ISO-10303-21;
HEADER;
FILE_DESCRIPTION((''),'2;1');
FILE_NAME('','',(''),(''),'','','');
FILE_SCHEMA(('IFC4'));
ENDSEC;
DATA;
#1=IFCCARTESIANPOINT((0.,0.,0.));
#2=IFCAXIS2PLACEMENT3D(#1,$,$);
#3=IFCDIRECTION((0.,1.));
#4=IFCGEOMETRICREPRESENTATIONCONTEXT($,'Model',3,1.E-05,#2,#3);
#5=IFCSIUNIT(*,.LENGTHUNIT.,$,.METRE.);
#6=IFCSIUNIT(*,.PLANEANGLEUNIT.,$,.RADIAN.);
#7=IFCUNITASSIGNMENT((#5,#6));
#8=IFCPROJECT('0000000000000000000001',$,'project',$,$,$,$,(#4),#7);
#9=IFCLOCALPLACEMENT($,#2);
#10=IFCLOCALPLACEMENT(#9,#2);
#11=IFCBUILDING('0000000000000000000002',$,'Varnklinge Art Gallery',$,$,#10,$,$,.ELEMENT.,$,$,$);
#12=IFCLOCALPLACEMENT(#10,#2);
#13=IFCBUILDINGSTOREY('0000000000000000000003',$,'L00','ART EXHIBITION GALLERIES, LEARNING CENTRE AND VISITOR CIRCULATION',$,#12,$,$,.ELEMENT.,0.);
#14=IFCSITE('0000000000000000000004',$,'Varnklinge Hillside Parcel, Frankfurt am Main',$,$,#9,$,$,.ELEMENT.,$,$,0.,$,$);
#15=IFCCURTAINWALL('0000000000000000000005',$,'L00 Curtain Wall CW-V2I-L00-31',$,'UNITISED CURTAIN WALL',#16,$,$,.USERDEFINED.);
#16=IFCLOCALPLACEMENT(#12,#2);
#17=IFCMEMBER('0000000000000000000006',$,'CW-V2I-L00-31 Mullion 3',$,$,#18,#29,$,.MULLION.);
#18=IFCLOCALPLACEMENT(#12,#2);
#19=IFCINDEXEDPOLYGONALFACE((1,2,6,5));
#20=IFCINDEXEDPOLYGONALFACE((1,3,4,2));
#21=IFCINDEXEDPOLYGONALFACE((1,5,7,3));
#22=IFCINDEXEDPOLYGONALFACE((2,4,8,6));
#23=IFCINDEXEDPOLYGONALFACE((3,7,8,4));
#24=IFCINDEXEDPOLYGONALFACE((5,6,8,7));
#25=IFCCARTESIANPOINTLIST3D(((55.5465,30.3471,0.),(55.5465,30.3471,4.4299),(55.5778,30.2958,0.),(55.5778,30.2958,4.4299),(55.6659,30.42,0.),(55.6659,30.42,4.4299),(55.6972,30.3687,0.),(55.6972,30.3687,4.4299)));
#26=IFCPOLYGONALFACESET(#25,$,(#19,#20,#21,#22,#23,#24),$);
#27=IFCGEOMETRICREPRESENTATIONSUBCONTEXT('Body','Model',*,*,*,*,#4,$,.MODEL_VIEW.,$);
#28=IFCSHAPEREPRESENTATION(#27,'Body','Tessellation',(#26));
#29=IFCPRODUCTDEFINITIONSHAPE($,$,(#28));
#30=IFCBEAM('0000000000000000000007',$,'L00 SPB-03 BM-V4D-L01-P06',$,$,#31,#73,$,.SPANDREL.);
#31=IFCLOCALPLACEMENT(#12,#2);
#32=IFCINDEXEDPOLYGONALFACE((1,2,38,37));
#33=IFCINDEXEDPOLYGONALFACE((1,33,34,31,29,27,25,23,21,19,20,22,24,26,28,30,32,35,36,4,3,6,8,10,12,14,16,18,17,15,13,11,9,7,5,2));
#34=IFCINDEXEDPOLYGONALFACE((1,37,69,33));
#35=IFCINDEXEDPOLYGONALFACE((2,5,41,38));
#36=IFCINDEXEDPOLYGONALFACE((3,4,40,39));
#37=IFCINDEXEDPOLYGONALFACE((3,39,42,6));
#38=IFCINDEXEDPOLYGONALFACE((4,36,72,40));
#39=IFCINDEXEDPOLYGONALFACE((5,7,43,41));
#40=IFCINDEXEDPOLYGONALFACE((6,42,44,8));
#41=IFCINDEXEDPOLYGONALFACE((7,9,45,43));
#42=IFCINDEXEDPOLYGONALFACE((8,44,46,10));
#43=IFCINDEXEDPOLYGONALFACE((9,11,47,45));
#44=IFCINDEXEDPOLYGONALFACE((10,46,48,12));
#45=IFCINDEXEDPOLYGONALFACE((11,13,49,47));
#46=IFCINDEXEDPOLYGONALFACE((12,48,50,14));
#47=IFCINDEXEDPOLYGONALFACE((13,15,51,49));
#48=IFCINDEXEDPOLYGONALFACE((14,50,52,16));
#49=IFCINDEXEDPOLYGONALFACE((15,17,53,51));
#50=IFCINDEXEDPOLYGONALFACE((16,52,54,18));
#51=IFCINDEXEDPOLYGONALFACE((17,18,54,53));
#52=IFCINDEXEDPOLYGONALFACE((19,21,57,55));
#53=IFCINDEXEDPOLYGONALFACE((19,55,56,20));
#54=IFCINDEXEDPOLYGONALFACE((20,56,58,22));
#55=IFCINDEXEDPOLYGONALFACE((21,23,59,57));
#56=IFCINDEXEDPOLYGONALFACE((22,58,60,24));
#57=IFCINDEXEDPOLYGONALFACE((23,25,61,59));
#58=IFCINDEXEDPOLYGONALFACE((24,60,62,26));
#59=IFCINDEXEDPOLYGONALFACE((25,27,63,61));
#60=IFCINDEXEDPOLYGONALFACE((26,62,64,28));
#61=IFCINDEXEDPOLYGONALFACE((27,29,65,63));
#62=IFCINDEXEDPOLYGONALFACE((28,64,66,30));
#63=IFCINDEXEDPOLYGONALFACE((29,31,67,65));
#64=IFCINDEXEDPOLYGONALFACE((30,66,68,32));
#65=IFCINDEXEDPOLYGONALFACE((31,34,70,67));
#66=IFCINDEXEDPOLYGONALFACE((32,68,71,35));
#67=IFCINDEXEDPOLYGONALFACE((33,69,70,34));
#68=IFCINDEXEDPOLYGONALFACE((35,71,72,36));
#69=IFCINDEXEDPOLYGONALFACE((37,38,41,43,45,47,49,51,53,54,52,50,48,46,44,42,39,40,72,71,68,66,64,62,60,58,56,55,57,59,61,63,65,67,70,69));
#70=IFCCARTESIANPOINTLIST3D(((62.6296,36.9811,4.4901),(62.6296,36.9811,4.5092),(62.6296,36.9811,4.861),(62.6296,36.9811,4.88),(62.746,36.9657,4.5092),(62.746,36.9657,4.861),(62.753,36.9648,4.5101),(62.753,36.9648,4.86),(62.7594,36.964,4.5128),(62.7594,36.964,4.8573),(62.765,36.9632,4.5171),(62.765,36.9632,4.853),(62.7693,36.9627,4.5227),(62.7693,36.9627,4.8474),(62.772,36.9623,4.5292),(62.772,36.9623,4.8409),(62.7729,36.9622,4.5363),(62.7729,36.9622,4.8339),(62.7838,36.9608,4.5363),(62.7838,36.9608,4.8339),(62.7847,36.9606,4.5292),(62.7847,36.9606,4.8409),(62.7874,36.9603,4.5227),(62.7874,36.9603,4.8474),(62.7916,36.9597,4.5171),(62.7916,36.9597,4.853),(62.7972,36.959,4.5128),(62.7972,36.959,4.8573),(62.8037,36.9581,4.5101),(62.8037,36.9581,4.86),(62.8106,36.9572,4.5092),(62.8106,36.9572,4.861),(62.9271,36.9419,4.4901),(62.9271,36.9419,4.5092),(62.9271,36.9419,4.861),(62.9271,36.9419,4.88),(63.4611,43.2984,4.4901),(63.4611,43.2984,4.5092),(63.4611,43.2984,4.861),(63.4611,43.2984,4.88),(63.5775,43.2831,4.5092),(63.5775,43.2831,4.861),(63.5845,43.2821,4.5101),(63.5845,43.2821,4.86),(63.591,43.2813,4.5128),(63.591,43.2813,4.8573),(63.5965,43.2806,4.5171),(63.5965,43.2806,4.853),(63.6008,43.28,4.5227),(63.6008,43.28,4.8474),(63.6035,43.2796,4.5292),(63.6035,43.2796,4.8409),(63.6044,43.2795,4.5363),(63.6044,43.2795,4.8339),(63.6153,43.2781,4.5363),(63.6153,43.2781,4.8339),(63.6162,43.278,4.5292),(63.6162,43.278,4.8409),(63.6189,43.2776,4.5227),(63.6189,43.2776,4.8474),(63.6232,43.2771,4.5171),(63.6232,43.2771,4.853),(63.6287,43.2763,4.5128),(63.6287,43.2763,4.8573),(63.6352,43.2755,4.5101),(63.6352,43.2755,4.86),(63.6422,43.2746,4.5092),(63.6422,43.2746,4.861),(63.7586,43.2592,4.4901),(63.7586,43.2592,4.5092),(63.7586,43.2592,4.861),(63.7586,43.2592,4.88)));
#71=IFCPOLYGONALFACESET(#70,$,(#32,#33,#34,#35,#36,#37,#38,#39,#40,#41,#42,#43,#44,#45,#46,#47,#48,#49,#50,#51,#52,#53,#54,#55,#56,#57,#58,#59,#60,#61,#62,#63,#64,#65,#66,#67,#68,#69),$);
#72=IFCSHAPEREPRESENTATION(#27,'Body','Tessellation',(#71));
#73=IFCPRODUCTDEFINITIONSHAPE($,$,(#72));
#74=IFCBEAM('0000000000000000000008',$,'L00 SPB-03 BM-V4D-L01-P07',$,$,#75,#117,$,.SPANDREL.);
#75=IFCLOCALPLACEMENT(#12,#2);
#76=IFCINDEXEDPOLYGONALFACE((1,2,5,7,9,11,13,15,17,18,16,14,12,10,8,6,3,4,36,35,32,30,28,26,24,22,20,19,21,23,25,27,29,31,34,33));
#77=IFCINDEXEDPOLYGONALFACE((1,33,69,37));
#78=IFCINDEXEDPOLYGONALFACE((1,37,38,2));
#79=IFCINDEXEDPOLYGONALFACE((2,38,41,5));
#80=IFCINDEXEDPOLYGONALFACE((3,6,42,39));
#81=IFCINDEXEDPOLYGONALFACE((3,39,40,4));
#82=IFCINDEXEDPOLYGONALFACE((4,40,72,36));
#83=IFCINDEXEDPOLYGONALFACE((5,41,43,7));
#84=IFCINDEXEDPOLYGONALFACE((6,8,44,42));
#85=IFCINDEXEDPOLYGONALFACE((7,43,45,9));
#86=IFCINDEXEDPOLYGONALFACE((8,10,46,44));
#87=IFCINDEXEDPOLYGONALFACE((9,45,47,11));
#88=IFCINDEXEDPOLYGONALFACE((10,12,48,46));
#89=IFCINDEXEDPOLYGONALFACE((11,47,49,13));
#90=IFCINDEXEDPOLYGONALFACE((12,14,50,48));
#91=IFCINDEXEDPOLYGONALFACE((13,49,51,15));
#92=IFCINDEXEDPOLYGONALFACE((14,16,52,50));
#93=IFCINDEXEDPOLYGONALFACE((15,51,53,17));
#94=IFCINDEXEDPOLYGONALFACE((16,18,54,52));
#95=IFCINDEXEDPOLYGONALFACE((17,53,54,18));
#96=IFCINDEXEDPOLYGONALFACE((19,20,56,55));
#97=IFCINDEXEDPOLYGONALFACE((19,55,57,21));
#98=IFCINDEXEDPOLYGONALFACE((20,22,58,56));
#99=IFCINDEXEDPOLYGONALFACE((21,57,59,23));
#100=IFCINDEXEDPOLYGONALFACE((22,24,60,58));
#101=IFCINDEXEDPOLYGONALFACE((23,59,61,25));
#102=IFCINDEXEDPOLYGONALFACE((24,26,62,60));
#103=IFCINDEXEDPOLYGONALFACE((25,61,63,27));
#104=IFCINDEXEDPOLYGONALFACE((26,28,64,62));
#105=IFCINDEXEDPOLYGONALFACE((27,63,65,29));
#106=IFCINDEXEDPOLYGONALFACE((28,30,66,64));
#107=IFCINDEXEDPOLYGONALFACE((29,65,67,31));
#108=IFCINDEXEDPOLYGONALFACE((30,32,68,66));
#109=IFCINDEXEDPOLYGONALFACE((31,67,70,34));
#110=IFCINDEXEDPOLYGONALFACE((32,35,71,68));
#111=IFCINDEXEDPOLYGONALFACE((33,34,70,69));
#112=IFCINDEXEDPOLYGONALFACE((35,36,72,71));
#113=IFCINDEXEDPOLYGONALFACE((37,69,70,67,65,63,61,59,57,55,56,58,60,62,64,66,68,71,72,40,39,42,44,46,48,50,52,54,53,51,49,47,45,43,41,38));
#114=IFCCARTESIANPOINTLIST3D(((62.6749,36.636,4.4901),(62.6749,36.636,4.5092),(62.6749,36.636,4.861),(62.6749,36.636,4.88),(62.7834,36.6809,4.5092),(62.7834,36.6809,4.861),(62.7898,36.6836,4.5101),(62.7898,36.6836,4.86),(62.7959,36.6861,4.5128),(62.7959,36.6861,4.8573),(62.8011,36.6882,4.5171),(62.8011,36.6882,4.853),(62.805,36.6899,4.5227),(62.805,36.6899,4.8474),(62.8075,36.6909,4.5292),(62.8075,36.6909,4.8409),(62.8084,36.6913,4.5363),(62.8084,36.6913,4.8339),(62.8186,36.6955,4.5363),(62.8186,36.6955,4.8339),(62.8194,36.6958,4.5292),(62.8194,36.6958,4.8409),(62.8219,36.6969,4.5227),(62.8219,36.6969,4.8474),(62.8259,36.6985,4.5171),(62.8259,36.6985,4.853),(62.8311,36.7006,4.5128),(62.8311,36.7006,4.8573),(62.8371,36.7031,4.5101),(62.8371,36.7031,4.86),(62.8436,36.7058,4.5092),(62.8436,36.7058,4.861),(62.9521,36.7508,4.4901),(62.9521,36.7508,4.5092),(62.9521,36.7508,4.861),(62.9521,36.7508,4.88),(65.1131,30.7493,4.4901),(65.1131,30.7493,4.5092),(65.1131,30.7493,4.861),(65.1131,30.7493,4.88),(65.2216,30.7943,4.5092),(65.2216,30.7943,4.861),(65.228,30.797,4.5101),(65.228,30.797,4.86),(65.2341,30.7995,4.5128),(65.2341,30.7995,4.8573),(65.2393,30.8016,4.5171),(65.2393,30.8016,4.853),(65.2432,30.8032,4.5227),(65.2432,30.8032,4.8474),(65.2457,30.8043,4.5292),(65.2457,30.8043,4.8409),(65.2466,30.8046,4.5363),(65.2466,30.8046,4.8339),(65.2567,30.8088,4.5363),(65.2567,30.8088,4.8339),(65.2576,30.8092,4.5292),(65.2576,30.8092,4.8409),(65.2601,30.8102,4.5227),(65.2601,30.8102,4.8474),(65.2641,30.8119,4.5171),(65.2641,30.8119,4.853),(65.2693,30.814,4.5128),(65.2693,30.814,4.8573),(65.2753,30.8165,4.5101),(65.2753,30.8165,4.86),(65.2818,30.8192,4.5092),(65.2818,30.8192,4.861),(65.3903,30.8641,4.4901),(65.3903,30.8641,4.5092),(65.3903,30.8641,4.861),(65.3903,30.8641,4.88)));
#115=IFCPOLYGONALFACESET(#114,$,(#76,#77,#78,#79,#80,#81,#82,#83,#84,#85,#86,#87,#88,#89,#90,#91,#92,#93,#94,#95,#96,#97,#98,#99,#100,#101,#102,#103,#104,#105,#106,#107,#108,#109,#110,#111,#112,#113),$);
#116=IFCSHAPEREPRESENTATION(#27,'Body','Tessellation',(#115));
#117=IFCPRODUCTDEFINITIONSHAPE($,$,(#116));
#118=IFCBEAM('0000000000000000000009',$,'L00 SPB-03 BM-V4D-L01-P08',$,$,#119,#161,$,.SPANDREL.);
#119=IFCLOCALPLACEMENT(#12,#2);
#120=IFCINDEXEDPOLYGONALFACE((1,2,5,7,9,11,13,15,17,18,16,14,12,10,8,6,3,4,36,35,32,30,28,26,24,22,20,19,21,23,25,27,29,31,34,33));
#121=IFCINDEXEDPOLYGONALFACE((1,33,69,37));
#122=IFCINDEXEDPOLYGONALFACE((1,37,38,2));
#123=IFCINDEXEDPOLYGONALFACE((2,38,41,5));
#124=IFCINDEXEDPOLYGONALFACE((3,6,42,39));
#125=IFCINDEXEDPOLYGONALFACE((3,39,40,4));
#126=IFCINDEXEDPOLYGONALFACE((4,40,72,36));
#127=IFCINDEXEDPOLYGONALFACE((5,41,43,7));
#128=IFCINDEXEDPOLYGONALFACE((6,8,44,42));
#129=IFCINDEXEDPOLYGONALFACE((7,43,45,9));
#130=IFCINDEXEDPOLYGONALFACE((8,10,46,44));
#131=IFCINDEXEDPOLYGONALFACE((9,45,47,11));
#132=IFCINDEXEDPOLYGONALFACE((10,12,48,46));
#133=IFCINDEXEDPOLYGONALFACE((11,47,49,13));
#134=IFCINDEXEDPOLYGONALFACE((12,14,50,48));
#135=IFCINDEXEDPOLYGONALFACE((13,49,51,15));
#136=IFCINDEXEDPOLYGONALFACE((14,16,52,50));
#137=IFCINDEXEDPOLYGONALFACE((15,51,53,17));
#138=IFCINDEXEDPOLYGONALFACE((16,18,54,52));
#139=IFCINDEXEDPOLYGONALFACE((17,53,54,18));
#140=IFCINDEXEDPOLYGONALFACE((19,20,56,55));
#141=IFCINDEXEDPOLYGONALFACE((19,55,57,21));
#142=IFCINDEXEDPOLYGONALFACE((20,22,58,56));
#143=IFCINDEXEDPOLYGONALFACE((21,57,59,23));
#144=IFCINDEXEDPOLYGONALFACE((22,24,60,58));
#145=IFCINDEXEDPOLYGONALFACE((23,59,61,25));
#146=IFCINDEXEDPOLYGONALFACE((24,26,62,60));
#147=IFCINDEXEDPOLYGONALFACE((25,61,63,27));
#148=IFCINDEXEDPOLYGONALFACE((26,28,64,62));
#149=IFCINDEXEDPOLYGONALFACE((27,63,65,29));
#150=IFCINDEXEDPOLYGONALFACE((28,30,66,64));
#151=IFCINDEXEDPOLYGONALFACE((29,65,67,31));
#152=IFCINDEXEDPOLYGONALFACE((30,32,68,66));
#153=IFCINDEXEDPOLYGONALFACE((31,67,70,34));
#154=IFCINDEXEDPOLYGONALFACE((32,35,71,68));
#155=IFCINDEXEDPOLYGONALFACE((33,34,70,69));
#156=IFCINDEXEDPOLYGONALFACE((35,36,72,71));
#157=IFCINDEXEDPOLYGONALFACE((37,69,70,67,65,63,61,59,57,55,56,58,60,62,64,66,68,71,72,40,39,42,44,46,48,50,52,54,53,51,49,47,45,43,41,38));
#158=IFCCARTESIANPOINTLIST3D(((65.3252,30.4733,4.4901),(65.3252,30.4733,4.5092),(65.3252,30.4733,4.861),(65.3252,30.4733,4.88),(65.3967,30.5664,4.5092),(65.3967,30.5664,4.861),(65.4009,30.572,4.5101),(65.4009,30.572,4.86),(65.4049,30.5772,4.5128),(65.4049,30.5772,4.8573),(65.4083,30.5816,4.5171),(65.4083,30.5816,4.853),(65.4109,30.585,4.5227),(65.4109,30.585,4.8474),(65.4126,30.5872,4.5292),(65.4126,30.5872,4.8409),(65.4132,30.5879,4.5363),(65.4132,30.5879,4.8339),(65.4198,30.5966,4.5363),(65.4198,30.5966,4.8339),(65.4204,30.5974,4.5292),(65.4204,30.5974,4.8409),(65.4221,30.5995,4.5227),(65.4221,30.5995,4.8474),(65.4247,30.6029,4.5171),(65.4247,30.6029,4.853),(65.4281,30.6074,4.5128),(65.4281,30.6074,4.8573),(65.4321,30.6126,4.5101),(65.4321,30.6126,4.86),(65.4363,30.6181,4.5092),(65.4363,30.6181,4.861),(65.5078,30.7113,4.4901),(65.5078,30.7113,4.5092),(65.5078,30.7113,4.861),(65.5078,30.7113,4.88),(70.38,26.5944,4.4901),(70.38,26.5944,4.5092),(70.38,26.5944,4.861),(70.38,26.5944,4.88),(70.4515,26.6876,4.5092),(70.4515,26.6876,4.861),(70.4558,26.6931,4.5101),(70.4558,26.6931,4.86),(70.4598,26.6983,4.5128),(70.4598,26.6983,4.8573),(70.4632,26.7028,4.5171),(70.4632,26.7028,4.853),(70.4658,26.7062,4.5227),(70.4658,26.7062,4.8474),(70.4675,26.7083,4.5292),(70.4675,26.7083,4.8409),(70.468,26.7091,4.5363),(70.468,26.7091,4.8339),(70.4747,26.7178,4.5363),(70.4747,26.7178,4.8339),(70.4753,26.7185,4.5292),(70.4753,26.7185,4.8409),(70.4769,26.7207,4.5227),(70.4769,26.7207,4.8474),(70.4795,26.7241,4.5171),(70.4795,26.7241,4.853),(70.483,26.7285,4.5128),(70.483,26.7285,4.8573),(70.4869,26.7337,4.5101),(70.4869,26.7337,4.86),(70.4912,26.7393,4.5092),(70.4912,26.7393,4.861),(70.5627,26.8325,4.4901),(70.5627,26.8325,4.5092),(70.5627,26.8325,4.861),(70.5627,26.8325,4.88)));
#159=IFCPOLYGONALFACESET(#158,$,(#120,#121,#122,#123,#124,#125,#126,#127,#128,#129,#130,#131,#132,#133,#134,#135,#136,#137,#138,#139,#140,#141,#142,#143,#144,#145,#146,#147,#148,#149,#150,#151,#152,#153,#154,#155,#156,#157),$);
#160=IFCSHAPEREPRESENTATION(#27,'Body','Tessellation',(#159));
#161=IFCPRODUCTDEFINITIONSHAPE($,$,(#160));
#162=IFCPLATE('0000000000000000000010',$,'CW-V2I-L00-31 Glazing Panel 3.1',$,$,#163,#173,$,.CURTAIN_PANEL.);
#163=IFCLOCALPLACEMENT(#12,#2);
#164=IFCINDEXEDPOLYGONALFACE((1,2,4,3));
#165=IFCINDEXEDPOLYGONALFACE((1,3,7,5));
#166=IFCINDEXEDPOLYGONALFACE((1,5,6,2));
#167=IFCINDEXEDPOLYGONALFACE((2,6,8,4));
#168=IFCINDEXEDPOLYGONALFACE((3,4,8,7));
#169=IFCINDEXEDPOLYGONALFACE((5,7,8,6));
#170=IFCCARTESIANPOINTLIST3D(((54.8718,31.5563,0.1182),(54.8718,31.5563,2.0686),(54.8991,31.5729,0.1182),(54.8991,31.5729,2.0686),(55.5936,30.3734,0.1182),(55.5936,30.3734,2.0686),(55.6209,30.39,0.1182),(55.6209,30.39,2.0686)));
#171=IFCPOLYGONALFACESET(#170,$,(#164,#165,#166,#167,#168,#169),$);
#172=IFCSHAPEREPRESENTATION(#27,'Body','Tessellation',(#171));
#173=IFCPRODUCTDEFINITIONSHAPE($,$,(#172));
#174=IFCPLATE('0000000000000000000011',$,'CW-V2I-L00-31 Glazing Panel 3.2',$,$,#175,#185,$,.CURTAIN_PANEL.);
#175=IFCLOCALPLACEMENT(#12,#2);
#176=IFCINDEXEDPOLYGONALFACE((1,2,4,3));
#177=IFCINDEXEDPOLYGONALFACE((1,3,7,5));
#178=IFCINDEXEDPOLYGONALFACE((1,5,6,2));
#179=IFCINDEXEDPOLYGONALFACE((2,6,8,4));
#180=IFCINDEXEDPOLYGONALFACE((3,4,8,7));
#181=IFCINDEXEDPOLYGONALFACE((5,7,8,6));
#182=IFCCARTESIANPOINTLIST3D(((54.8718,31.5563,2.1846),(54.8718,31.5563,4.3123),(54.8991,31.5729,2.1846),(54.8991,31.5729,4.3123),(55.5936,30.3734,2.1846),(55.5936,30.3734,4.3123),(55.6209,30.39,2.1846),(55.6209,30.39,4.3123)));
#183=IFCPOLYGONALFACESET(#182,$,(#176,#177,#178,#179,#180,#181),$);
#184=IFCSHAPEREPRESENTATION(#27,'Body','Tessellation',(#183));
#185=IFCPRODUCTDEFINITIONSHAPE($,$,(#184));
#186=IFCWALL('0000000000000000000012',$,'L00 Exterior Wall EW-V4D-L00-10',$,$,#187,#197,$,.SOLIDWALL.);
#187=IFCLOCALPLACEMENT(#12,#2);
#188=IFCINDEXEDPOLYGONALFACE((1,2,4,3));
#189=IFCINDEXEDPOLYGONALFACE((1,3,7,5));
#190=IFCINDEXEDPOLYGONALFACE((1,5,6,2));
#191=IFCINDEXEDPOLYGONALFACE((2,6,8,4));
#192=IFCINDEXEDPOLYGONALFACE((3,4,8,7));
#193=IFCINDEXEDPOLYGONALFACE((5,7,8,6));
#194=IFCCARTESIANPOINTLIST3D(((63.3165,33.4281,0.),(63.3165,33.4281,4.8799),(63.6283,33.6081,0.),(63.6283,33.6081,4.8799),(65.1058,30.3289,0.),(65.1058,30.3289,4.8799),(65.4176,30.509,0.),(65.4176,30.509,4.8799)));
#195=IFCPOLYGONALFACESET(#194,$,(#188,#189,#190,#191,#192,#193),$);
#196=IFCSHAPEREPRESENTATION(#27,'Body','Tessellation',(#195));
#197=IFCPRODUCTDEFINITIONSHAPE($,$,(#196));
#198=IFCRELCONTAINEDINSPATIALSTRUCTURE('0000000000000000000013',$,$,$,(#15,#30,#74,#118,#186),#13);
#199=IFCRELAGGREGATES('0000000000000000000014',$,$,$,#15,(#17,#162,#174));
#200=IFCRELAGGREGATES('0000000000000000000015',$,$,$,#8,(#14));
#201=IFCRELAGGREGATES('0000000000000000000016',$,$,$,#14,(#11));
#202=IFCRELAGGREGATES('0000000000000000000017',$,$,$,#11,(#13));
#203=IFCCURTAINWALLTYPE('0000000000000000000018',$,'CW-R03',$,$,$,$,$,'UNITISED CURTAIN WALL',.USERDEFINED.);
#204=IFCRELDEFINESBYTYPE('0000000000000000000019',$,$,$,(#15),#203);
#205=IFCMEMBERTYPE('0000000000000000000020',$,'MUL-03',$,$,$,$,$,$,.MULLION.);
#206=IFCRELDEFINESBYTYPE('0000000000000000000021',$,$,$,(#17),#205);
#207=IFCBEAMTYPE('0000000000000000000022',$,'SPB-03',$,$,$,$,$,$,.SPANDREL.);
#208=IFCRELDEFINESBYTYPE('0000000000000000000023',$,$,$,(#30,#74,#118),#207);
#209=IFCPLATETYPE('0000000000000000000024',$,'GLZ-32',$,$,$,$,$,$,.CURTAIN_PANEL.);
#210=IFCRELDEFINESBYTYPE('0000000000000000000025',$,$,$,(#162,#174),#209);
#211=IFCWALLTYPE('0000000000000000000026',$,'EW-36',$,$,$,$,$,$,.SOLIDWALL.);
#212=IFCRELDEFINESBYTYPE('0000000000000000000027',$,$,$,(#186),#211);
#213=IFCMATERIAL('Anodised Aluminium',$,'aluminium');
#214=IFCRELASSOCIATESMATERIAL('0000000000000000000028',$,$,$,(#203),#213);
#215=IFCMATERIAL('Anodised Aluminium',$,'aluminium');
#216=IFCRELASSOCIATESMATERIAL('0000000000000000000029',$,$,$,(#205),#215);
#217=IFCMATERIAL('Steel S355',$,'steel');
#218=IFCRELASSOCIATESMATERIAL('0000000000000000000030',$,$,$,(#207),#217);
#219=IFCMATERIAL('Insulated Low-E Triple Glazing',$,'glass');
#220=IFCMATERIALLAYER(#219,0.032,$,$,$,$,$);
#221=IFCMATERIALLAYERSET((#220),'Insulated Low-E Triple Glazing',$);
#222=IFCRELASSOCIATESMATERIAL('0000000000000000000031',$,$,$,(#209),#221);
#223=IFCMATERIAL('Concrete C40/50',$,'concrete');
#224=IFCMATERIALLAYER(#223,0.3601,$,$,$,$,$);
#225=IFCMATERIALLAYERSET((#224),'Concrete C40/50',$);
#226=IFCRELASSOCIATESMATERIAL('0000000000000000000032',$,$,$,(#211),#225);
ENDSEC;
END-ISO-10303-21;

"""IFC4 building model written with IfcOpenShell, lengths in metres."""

from ifc_helpers import new_model, si_unit, direction, frame, frame_2d, origin, origin_2d, place, context, subcontext, project, spatial, rectangle, i_section, extrude, material, layer, layer_set, material_profile, profile_set, type_object, element, aggregate, save


model = new_model("IFC4")

# Units and contexts
model_context = context("Model", 3, precision=1e-05, world=origin(), true_north=direction((0.0, 1.0)))
body_context = subcontext(model_context, "Body", "Model", "MODEL_VIEW")
ifc_project = project(units=[si_unit("LENGTHUNIT", "METRE"), si_unit("PLANEANGLEUNIT", "RADIAN")], contexts=[model_context])

# Site, building, storey
site_placement = place(None, origin())
site = spatial("IfcSite", under=ifc_project, at=site_placement, Name="Varnklinge Hillside Parcel, Frankfurt am Main", CompositionType="ELEMENT", RefElevation=0.0)
building_placement = place(site_placement, origin())
building = spatial("IfcBuilding", under=site, at=building_placement, Name="Varnklinge Art Gallery", CompositionType="ELEMENT")
storey_placement = place(building_placement, origin())
storey = spatial("IfcBuildingStorey", under=building, at=storey_placement, Name="L00", Description="ART EXHIBITION GALLERIES, LEARNING CENTRE AND VISITOR CIRCULATION", CompositionType="ELEMENT", Elevation=0.0)

# Curtain wall, member
ifc_material_1 = material(Name="Anodised Aluminium", Category="aluminium")
curtain_wall_type = type_object("IfcCurtainWallType", Name="CW-R03", ElementType="UNITISED CURTAIN WALL", PredefinedType="USERDEFINED", material=ifc_material_1)
curtain_wall_placement = place(storey_placement, origin())
curtain_wall = element("IfcCurtainWall", 1, at=curtain_wall_placement, inside=storey, type_object=curtain_wall_type, Name="L00 Curtain Wall CW-V2I-L00-31", ObjectType="UNITISED CURTAIN WALL", PredefinedType="USERDEFINED")
ifc_material_2 = material(Name="Anodised Aluminium", Category="aluminium")
ifc_material_profile_1 = material_profile(ifc_material_2, rectangle(XDim=0.0601, YDim=0.1399, at=origin_2d()), Name="ALU 60x140")
ifc_profile_set_1 = profile_set([ifc_material_profile_1], Name="Anodised Aluminium")
member_type = type_object("IfcMemberType", Name="MUL-03", PredefinedType="MULLION", material=ifc_profile_set_1)
member_placement = place(storey_placement, frame((55.6218, 30.3579, 0.0), z_axis=(0.0, 0.0, 1.0), x_axis=(-0.520861, 0.853642, 0.0)))
member = element("IfcMember", 2, at=member_placement, type_object=member_type, Name="CW-V2I-L00-31 Mullion 3", PredefinedType="MULLION", context=body_context, shape_type="SweptSolid", body=[
    extrude(rectangle(XDim=0.0601, YDim=0.1399, at=origin_2d()), origin(), (0.0, 0.0, 1.0), 4.4299),
])

# Beams
ifc_material_3 = material(Name="Steel S355", Category="steel")
ifc_material_profile_2 = material_profile(ifc_material_3, i_section(OverallWidth=0.3, OverallDepth=0.3899, WebThickness=0.011, FlangeThickness=0.019, FilletRadius=0.0271, at=origin_2d()), Name="HEA 400")
ifc_profile_set_2 = profile_set([ifc_material_profile_2], Name="Steel S355")
beam_type_1 = type_object("IfcBeamType", Name="SPB-03", PredefinedType="SPANDREL", material=ifc_profile_set_2)
beam_1_placement = place(storey_placement, frame((63.6099, 43.2788, 4.6851), z_axis=(-0.130502, -0.991448, 0.0), x_axis=(0.991448, -0.130502, 0.0)))
element("IfcBeam", 3, at=beam_1_placement, inside=storey, type_object=beam_type_1, Name="L00 SPB-03 BM-V4D-L01-P06", PredefinedType="SPANDREL", context=body_context, shape_type="SweptSolid", body=[
    extrude(i_section(OverallWidth=0.3, OverallDepth=0.3899, WebThickness=0.011, FlangeThickness=0.019, FilletRadius=0.0271, at=origin_2d()), origin(), (0.0, 0.0, 1.0), 6.3718),
])
for number, where, z_axis, x_axis, name in (
    (4, (62.8135, 36.6934, 4.6851), (0.382667, -0.923887, 0.0), (0.923887, 0.382667, 0.0), "L00 SPB-03 BM-V4D-L01-P07"),
    (5, (65.4165, 30.5923, 4.6851), (0.793344, -0.608773, 0.0), (0.608773, 0.793344, 0.0), "L00 SPB-03 BM-V4D-L01-P08"),
):
    element("IfcBeam", number, at=place(storey_placement, frame(where, z_axis=z_axis, x_axis=x_axis)), inside=storey, type_object=beam_type_1, Name=name, PredefinedType="SPANDREL", context=body_context, shape_type="SweptSolid", body=[
        extrude(i_section(OverallWidth=0.3, OverallDepth=0.3899, WebThickness=0.011, FlangeThickness=0.019, FilletRadius=0.0271, at=origin_2d()), origin(), (0.0, 0.0, 1.0), 6.3716),
    ])

# Plates
ifc_material_4 = material(Name="Insulated Low-E Triple Glazing", Category="glass")
ifc_layer_1 = layer(ifc_material_4, 0.032)
ifc_layer_set_1 = layer_set([ifc_layer_1], Name="Insulated Low-E Triple Glazing")
plate_type = type_object("IfcPlateType", Name="GLZ-32", PredefinedType="CURTAIN_PANEL", material=ifc_layer_set_1)
plate_1_placement = place(storey_placement, frame((55.2463, 30.9731, 0.1182), z_axis=(0.0, 0.0, 1.0), x_axis=(-0.520861, 0.853642, 0.0)))
plate_1 = element("IfcPlate", 6, at=plate_1_placement, type_object=plate_type, Name="CW-V2I-L00-31 Glazing Panel 3.1", PredefinedType="CURTAIN_PANEL", context=body_context, shape_type="SweptSolid", body=[
    extrude(rectangle(XDim=1.3857, YDim=0.032, at=origin_2d()), origin(), (0.0, 0.0, 1.0), 1.9504),
])
plate_2_placement = place(storey_placement, frame((55.2463, 30.9731, 2.1846), z_axis=(0.0, 0.0, 1.0), x_axis=(-0.520861, 0.853642, 0.0)))
plate_2 = element("IfcPlate", 7, at=plate_2_placement, type_object=plate_type, Name="CW-V2I-L00-31 Glazing Panel 3.2", PredefinedType="CURTAIN_PANEL", context=body_context, shape_type="SweptSolid", body=[
    extrude(rectangle(XDim=1.3857, YDim=0.032, at=origin_2d()), origin(), (0.0, 0.0, 1.0), 2.1277),
])
aggregate(curtain_wall, [member, plate_1, plate_2])

# Wall
ifc_material_5 = material(Name="Concrete C40/50", Category="concrete")
ifc_layer_2 = layer(ifc_material_5, 0.3601)
ifc_layer_set_2 = layer_set([ifc_layer_2], Name="Concrete C40/50")
wall_type_1 = type_object("IfcWallType", Name="EW-36", PredefinedType="SOLIDWALL", material=ifc_layer_set_2)
wall_1_placement = place(storey_placement, frame((65.2617, 30.4189, 0.0), z_axis=(0.0, 0.0, 1.0), x_axis=(-0.500006, 0.866022, 0.0)))
element("IfcWall", 8, at=wall_1_placement, inside=storey, type_object=wall_type_1, Name="L00 Exterior Wall EW-V4D-L00-10", PredefinedType="SOLIDWALL", context=body_context, shape_type="SweptSolid", body=[
    extrude(rectangle(XDim=3.5786, YDim=0.3601, at=frame_2d((1.7893, 0.0))), origin(), (0.0, 0.0, 1.0), 4.8799),
])

save(model, "model.ifc")
